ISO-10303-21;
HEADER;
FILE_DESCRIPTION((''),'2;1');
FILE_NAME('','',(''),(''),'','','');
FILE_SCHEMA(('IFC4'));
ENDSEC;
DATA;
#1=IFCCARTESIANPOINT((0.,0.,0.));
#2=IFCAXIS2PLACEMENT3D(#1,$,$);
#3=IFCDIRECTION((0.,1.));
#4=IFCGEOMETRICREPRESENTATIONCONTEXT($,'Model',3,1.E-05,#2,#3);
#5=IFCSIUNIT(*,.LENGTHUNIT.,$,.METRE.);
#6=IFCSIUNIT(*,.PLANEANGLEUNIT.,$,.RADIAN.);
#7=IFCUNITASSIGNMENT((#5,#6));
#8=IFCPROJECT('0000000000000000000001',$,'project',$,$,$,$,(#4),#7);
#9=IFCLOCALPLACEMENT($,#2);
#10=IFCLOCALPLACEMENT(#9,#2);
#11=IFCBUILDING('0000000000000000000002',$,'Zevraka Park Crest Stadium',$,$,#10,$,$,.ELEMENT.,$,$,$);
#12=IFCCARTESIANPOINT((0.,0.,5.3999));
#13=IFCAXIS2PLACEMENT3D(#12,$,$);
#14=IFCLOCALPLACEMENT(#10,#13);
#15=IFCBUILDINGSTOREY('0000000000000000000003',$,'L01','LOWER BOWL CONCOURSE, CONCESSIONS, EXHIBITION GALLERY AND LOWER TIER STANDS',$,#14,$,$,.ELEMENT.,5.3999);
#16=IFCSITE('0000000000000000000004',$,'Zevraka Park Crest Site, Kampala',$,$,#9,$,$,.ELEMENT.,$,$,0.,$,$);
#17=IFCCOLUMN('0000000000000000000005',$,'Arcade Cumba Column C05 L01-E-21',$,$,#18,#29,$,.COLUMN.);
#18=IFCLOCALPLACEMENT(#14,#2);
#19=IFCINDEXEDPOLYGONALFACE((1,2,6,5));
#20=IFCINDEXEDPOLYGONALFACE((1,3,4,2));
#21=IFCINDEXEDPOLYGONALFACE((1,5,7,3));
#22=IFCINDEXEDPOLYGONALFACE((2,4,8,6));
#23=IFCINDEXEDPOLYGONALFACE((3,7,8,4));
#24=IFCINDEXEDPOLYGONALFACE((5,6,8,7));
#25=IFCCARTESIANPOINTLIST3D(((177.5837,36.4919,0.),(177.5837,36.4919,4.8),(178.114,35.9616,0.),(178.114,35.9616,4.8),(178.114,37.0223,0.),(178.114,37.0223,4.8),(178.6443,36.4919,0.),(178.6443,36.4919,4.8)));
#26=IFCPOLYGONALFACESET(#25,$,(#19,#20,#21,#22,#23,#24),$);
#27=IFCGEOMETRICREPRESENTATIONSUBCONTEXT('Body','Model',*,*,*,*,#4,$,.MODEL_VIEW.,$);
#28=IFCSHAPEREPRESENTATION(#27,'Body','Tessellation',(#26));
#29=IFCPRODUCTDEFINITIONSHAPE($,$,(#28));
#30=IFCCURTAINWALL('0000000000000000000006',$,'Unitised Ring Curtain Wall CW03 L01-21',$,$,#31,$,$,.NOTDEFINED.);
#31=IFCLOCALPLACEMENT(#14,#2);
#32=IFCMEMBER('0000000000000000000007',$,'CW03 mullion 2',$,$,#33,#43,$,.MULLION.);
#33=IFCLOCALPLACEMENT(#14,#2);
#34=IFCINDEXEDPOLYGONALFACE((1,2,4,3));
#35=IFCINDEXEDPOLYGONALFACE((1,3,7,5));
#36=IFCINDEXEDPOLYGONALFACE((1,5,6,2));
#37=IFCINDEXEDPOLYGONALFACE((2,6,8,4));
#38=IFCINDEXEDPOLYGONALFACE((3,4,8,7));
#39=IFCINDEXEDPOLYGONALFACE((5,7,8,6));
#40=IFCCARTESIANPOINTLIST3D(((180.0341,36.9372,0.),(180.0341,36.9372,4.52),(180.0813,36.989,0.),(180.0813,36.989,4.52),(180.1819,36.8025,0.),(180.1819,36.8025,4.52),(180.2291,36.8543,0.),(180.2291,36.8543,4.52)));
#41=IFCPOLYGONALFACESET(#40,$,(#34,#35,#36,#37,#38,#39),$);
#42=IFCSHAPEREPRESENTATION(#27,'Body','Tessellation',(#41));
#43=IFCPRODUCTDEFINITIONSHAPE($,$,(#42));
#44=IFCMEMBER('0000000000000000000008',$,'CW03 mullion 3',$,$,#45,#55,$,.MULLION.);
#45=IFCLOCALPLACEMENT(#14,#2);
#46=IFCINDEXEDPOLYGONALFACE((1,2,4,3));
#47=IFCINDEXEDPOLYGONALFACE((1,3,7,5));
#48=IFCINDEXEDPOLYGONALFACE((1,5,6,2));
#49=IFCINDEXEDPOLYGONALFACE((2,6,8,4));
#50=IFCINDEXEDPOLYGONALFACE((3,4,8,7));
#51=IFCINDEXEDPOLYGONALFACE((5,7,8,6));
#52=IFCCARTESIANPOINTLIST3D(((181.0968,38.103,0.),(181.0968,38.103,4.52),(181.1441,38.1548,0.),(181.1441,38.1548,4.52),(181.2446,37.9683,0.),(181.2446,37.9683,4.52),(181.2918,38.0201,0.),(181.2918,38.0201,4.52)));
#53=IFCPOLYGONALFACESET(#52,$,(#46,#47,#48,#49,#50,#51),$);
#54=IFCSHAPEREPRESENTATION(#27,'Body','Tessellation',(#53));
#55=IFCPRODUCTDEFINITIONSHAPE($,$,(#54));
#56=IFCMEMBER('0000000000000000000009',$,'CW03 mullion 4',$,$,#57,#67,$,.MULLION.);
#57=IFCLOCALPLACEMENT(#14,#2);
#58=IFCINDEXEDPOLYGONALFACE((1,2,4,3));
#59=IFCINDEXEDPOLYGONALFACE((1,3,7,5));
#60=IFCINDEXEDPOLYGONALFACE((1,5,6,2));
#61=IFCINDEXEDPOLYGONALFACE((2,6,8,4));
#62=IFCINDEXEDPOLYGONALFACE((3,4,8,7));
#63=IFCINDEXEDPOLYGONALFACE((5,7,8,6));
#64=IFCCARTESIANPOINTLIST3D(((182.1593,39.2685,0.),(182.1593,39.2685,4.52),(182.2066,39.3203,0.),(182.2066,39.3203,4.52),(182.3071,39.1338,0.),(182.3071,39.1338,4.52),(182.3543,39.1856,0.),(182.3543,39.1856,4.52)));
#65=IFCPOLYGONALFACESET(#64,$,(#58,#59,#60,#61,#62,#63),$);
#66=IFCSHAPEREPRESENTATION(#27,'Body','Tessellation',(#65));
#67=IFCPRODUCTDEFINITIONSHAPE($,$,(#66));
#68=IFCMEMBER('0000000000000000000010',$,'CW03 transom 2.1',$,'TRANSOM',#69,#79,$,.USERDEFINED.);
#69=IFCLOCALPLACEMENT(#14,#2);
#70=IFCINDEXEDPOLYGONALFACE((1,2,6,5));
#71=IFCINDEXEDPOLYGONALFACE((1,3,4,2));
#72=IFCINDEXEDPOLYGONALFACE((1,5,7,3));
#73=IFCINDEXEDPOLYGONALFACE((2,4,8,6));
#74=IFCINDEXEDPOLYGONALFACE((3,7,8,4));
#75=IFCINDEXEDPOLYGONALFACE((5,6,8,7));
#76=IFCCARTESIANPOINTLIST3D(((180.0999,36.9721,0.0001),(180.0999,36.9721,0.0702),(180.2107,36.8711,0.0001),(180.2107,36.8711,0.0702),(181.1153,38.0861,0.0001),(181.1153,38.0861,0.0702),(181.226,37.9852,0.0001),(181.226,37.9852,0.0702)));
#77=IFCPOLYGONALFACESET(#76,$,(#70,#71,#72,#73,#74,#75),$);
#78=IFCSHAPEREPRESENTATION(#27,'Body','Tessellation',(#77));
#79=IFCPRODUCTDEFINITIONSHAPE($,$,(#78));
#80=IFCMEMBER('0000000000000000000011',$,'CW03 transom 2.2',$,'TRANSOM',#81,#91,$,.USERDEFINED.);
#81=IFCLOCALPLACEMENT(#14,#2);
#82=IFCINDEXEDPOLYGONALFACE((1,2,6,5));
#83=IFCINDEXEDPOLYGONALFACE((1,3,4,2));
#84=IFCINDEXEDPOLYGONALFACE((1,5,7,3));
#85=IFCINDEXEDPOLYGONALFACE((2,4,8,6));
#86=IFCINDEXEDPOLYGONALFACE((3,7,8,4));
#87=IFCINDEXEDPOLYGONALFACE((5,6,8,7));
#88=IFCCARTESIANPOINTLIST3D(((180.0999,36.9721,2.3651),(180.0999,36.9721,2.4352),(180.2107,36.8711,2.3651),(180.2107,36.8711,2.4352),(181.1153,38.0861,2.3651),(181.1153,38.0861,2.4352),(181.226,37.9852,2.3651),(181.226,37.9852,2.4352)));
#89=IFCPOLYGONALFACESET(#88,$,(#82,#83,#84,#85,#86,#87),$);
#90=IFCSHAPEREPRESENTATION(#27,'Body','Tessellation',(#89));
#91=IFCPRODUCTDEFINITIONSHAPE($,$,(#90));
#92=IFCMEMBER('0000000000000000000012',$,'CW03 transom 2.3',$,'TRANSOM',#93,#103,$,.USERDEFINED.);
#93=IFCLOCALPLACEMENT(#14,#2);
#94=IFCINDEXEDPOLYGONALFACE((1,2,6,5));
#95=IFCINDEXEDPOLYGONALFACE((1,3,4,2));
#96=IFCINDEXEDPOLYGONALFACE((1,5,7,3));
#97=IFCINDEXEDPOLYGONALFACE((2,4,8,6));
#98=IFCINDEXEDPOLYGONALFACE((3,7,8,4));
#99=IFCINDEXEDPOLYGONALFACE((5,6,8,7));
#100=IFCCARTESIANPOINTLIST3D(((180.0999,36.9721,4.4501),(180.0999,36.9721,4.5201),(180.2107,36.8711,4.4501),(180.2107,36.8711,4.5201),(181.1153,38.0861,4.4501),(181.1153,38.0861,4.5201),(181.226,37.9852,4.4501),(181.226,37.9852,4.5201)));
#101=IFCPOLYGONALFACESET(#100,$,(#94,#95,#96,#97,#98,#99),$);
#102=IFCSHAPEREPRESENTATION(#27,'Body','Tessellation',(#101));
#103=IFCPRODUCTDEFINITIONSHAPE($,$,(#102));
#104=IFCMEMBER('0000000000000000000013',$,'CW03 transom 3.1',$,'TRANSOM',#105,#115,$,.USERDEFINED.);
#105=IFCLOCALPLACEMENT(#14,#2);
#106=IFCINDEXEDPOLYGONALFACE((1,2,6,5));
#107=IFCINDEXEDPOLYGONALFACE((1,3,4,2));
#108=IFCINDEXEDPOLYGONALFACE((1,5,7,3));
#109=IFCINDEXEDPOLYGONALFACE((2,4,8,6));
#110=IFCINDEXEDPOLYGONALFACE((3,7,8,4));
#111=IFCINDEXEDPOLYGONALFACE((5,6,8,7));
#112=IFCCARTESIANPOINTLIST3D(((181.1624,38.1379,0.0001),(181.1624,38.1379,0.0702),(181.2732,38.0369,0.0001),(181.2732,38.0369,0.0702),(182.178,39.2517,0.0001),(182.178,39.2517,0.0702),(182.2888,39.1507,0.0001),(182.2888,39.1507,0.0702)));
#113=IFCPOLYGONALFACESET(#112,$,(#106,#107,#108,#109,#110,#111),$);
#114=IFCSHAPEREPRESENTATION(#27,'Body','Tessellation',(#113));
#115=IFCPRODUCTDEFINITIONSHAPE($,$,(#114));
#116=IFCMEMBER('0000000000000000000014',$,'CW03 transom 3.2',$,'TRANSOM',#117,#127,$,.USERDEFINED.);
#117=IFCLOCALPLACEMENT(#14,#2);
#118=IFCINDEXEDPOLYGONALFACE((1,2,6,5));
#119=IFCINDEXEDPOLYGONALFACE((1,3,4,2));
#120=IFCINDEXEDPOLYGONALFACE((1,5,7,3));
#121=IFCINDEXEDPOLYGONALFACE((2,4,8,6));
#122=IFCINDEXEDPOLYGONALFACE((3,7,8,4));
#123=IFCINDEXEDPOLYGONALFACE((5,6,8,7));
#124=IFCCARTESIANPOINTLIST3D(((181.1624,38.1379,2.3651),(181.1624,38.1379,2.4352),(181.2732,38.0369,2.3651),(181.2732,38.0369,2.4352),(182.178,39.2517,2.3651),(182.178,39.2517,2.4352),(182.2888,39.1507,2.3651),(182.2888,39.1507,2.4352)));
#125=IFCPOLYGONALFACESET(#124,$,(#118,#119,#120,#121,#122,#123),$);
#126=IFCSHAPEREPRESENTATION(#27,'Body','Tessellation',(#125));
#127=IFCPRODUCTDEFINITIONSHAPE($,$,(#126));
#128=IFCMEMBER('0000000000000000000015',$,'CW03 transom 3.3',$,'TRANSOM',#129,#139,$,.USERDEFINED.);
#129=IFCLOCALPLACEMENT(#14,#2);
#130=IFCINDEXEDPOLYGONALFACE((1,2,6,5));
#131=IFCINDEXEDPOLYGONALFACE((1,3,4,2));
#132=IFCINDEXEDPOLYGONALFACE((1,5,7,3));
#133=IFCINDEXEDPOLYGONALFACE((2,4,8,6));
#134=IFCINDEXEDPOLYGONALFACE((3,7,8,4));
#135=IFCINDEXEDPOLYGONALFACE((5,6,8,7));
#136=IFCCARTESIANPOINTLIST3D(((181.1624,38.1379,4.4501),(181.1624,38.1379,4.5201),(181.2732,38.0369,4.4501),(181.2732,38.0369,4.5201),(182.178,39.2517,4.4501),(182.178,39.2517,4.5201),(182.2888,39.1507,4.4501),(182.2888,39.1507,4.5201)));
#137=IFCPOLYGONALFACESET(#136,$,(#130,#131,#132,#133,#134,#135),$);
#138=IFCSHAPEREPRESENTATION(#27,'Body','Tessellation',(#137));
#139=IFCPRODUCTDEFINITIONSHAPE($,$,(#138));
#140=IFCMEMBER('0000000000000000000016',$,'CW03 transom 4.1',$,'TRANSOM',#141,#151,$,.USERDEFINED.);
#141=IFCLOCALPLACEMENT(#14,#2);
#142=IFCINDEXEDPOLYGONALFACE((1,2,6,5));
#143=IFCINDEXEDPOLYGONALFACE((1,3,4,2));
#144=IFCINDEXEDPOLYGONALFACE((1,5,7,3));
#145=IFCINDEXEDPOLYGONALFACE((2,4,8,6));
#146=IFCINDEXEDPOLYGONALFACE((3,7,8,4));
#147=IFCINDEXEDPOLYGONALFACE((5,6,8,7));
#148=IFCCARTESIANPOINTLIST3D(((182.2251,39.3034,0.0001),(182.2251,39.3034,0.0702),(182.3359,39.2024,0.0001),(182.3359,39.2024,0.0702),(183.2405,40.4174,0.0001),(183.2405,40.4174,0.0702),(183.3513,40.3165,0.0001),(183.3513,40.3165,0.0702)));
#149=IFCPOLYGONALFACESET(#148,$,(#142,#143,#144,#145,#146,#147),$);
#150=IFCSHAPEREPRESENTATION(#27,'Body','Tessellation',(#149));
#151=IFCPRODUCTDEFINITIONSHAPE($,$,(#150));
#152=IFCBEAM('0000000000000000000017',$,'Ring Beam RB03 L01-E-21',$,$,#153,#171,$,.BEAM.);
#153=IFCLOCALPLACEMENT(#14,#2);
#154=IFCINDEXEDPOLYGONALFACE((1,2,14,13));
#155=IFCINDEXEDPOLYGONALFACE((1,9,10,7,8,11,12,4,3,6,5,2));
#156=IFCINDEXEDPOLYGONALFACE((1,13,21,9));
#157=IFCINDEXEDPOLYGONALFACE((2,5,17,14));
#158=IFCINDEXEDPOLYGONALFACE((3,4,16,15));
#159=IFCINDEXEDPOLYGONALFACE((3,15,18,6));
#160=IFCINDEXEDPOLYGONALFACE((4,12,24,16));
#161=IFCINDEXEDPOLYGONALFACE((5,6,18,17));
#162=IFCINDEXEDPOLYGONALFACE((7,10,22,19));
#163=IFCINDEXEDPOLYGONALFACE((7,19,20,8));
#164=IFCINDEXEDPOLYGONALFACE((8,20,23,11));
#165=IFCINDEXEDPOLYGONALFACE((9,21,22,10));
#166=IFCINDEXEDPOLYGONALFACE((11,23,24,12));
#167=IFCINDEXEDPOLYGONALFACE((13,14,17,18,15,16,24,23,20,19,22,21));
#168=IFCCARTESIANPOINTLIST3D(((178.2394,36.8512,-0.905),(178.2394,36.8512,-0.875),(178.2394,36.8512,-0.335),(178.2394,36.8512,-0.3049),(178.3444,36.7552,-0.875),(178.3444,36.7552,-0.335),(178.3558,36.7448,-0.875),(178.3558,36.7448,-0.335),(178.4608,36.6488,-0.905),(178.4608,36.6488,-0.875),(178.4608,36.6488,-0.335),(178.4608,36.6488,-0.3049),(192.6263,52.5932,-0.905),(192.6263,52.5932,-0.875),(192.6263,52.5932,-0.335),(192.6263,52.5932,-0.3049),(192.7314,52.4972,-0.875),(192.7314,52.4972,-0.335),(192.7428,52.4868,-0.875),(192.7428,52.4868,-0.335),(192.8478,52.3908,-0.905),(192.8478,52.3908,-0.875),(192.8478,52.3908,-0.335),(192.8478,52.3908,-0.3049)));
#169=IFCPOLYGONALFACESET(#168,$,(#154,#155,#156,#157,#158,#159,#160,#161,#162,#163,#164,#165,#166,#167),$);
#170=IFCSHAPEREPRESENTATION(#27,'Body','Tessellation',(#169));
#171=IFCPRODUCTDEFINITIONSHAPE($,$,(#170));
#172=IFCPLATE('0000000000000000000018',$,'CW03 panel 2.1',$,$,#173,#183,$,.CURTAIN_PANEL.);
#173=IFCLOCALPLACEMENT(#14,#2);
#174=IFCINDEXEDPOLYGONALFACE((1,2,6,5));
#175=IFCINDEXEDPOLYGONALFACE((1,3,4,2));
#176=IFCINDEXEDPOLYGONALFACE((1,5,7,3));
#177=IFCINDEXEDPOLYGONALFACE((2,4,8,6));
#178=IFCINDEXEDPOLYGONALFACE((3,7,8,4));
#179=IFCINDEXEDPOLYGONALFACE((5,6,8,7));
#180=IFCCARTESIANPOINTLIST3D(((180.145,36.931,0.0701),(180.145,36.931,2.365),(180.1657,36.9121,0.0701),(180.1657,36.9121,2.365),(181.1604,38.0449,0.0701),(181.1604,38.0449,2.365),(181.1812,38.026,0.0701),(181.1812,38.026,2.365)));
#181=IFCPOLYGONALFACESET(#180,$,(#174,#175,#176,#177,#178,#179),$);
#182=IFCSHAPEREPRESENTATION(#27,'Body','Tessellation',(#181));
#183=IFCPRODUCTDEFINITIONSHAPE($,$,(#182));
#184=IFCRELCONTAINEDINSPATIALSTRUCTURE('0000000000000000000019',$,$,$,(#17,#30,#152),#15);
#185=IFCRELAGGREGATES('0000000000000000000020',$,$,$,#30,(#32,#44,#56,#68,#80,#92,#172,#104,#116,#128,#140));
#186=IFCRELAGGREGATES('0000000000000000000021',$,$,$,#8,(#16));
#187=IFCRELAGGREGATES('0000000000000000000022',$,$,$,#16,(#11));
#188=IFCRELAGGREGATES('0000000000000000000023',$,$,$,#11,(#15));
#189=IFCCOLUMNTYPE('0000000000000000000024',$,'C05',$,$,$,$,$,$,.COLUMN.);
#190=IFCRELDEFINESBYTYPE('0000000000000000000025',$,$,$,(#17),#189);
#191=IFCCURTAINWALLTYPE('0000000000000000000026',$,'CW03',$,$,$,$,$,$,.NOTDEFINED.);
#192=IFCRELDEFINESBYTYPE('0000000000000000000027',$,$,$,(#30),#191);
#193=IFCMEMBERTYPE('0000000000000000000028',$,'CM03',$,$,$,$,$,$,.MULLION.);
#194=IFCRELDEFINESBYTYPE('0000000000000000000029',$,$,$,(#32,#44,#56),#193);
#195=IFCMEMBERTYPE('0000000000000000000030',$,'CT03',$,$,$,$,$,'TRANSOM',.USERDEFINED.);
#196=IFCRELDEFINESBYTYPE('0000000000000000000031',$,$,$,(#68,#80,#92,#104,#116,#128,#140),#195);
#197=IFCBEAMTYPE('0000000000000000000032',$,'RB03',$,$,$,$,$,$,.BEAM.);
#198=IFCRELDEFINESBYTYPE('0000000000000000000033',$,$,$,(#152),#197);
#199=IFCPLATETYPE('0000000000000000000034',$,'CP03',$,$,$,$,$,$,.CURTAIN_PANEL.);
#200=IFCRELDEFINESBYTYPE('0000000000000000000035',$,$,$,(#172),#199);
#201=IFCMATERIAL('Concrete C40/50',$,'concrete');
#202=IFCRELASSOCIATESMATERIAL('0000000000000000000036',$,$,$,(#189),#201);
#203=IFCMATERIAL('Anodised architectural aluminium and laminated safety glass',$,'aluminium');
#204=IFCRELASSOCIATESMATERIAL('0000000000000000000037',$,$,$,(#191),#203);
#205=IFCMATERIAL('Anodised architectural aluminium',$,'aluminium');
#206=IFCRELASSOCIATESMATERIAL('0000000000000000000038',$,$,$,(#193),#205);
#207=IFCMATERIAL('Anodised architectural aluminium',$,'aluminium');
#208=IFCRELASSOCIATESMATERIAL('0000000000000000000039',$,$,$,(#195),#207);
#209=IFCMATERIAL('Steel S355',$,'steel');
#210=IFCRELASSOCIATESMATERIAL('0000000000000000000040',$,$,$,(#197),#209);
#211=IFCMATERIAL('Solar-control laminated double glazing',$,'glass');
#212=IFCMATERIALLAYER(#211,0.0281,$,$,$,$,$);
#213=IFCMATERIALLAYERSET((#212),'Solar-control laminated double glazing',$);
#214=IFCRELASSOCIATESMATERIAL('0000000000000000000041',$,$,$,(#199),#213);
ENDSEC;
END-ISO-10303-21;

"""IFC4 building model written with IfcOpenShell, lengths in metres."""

from ifc_helpers import new_model, si_unit, direction, frame, origin, origin_2d, place, context, subcontext, project, spatial, rectangle, i_section, extrude, material, layer, layer_set, material_profile, profile_set, type_object, element, aggregate, save


model = new_model("IFC4")

# Units and contexts
model_context = context("Model", 3, precision=1e-05, world=origin(), true_north=direction((0.0, 1.0)))
body_context = subcontext(model_context, "Body", "Model", "MODEL_VIEW")
ifc_project = project(units=[si_unit("LENGTHUNIT", "METRE"), si_unit("PLANEANGLEUNIT", "RADIAN")], contexts=[model_context])

# Site, building, storey
site_placement = place(None, origin())
site = spatial("IfcSite", under=ifc_project, at=site_placement, Name="Zevraka Park Crest Site, Kampala", CompositionType="ELEMENT", RefElevation=0.0)
building_placement = place(site_placement, origin())
building = spatial("IfcBuilding", under=site, at=building_placement, Name="Zevraka Park Crest Stadium", CompositionType="ELEMENT")
storey_placement = place(building_placement, frame((0.0, 0.0, 5.3999)))
storey = spatial("IfcBuildingStorey", under=building, at=storey_placement, Name="L01", Description="LOWER BOWL CONCOURSE, CONCESSIONS, EXHIBITION GALLERY AND LOWER TIER STANDS", CompositionType="ELEMENT", Elevation=5.3999)

# Column
ifc_material_1 = material(Name="Concrete C40/50", Category="concrete")
ifc_material_profile_1 = material_profile(ifc_material_1, rectangle(XDim=0.75, YDim=0.75, at=origin_2d()), Name="RC 750x750")
ifc_profile_set_1 = profile_set([ifc_material_profile_1], Name="Concrete C40/50")
column_type = type_object("IfcColumnType", Name="C05", PredefinedType="COLUMN", material=ifc_profile_set_1)
column_placement = place(storey_placement, frame((178.114, 36.4919, 0.0), z_axis=(0.0, 0.0, 1.0), x_axis=(-0.707107, 0.707107, 0.0)))
element("IfcColumn", 1, at=column_placement, inside=storey, type_object=column_type, Name="Arcade Cumba Column C05 L01-E-21", PredefinedType="COLUMN", context=body_context, shape_type="SweptSolid", body=[
    extrude(rectangle(XDim=0.75, YDim=0.75, at=origin_2d()), origin(), (0.0, 0.0, 1.0), 4.8),
])

# Curtain wall, members
ifc_material_2 = material(Name="Anodised architectural aluminium and laminated safety glass", Category="aluminium")
curtain_wall_type = type_object("IfcCurtainWallType", Name="CW03", PredefinedType="NOTDEFINED", material=ifc_material_2)
curtain_wall_placement = place(storey_placement, origin())
curtain_wall = element("IfcCurtainWall", 2, at=curtain_wall_placement, inside=storey, type_object=curtain_wall_type, Name="Unitised Ring Curtain Wall CW03 L01-21", PredefinedType="NOTDEFINED")
ifc_material_3 = material(Name="Anodised architectural aluminium", Category="aluminium")
ifc_material_profile_2 = material_profile(ifc_material_3, rectangle(XDim=0.2, YDim=0.0701, at=origin_2d()), Name="ALU MULLION 200x70")
ifc_profile_set_2 = profile_set([ifc_material_profile_2], Name="Anodised architectural aluminium")
member_type_1 = type_object("IfcMemberType", Name="CM03", PredefinedType="MULLION", material=ifc_profile_set_2)
member_1_placement = place(storey_placement, frame((180.1316, 36.8958, 0.0), z_axis=(0.0, 0.0, 1.0), x_axis=(-0.739023, 0.67368, 0.0)))
member_1 = element("IfcMember", 3, at=member_1_placement, type_object=member_type_1, Name="CW03 mullion 2", PredefinedType="MULLION", context=body_context, shape_type="SweptSolid", body=[
    extrude(rectangle(XDim=0.2, YDim=0.0701, at=origin_2d()), origin(), (0.0, 0.0, 1.0), 4.52),
])
member_2_placement = place(storey_placement, frame((181.1943, 38.0615, 0.0), z_axis=(0.0, 0.0, 1.0), x_axis=(-0.739023, 0.67368, 0.0)))
member_2 = element("IfcMember", 4, at=member_2_placement, type_object=member_type_1, Name="CW03 mullion 3", PredefinedType="MULLION", context=body_context, shape_type="SweptSolid", body=[
    extrude(rectangle(XDim=0.2, YDim=0.0701, at=origin_2d()), origin(), (0.0, 0.0, 1.0), 4.52),
])
member_3_placement = place(storey_placement, frame((182.2568, 39.2271, 0.0), z_axis=(0.0, 0.0, 1.0), x_axis=(-0.739023, 0.67368, 0.0)))
member_3 = element("IfcMember", 5, at=member_3_placement, type_object=member_type_1, Name="CW03 mullion 4", PredefinedType="MULLION", context=body_context, shape_type="SweptSolid", body=[
    extrude(rectangle(XDim=0.2, YDim=0.0701, at=origin_2d()), origin(), (0.0, 0.0, 1.0), 4.52),
])
ifc_material_4 = material(Name="Anodised architectural aluminium", Category="aluminium")
ifc_material_profile_3 = material_profile(ifc_material_4, rectangle(XDim=0.1499, YDim=0.0701, at=origin_2d()), Name="ALU TRANSOM 150x70")
ifc_profile_set_3 = profile_set([ifc_material_profile_3], Name="Anodised architectural aluminium")
member_type_2 = type_object("IfcMemberType", Name="CT03", ElementType="TRANSOM", PredefinedType="USERDEFINED", material=ifc_profile_set_3)
member_4_placement = place(storey_placement, frame((180.1553, 36.9216, 0.0352), z_axis=(0.673632, 0.739067, 0.0), x_axis=(-0.739067, 0.673632, 0.0)))
member_4 = element("IfcMember", 6, at=member_4_placement, type_object=member_type_2, Name="CW03 transom 2.1", ObjectType="TRANSOM", PredefinedType="USERDEFINED", context=body_context, shape_type="SweptSolid", body=[
    extrude(rectangle(XDim=0.1499, YDim=0.0701, at=origin_2d()), origin(), (0.0, 0.0, 1.0), 1.5073),
])
member_5_placement = place(storey_placement, frame((180.1553, 36.9216, 2.4001), z_axis=(0.673632, 0.739067, 0.0), x_axis=(-0.739067, 0.673632, 0.0)))
member_5 = element("IfcMember", 7, at=member_5_placement, type_object=member_type_2, Name="CW03 transom 2.2", ObjectType="TRANSOM", PredefinedType="USERDEFINED", context=body_context, shape_type="SweptSolid", body=[
    extrude(rectangle(XDim=0.1499, YDim=0.0701, at=origin_2d()), origin(), (0.0, 0.0, 1.0), 1.5073),
])
member_6_placement = place(storey_placement, frame((180.1553, 36.9216, 4.4851), z_axis=(0.673632, 0.739067, 0.0), x_axis=(-0.739067, 0.673632, 0.0)))
member_6 = element("IfcMember", 8, at=member_6_placement, type_object=member_type_2, Name="CW03 transom 2.3", ObjectType="TRANSOM", PredefinedType="USERDEFINED", context=body_context, shape_type="SweptSolid", body=[
    extrude(rectangle(XDim=0.1499, YDim=0.0701, at=origin_2d()), origin(), (0.0, 0.0, 1.0), 1.5073),
])
member_7_placement = place(storey_placement, frame((181.2178, 38.0874, 0.0352), z_axis=(0.673801, 0.738913, 0.0), x_axis=(-0.738913, 0.673801, 0.0)))
member_7 = element("IfcMember", 9, at=member_7_placement, type_object=member_type_2, Name="CW03 transom 3.1", ObjectType="TRANSOM", PredefinedType="USERDEFINED", context=body_context, shape_type="SweptSolid", body=[
    extrude(rectangle(XDim=0.1499, YDim=0.0701, at=origin_2d()), origin(), (0.0, 0.0, 1.0), 1.5073),
])
member_8_placement = place(storey_placement, frame((181.2178, 38.0874, 2.4001), z_axis=(0.673801, 0.738913, 0.0), x_axis=(-0.738913, 0.673801, 0.0)))
member_8 = element("IfcMember", 10, at=member_8_placement, type_object=member_type_2, Name="CW03 transom 3.2", ObjectType="TRANSOM", PredefinedType="USERDEFINED", context=body_context, shape_type="SweptSolid", body=[
    extrude(rectangle(XDim=0.1499, YDim=0.0701, at=origin_2d()), origin(), (0.0, 0.0, 1.0), 1.5073),
])
member_9_placement = place(storey_placement, frame((181.2178, 38.0874, 4.4851), z_axis=(0.673801, 0.738913, 0.0), x_axis=(-0.738913, 0.673801, 0.0)))
member_9 = element("IfcMember", 11, at=member_9_placement, type_object=member_type_2, Name="CW03 transom 3.3", ObjectType="TRANSOM", PredefinedType="USERDEFINED", context=body_context, shape_type="SweptSolid", body=[
    extrude(rectangle(XDim=0.1499, YDim=0.0701, at=origin_2d()), origin(), (0.0, 0.0, 1.0), 1.5073),
])
member_10_placement = place(storey_placement, frame((182.2805, 39.2529, 0.0352), z_axis=(0.673632, 0.739067, 0.0), x_axis=(-0.739067, 0.673632, 0.0)))
member_10 = element("IfcMember", 12, at=member_10_placement, type_object=member_type_2, Name="CW03 transom 4.1", ObjectType="TRANSOM", PredefinedType="USERDEFINED", context=body_context, shape_type="SweptSolid", body=[
    extrude(rectangle(XDim=0.1499, YDim=0.0701, at=origin_2d()), origin(), (0.0, 0.0, 1.0), 1.5073),
])

# Beam
ifc_material_5 = material(Name="Steel S355", Category="steel")
ifc_material_profile_4 = material_profile(ifc_material_5, i_section(OverallWidth=0.3, OverallDepth=0.6001, WebThickness=0.0154, FlangeThickness=0.03, at=origin_2d()), Name="HEB 600")
ifc_profile_set_4 = profile_set([ifc_material_profile_4], Name="Steel S355")
beam_type = type_object("IfcBeamType", Name="RB03", PredefinedType="BEAM", material=ifc_profile_set_4)
beam_placement = place(storey_placement, frame((178.3501, 36.75, -0.605), z_axis=(0.674624, 0.738161, 0.0), x_axis=(-0.738161, 0.674624, 0.0)))
element("IfcBeam", 13, at=beam_placement, inside=storey, type_object=beam_type, Name="Ring Beam RB03 L01-E-21", PredefinedType="BEAM", context=body_context, shape_type="SweptSolid", body=[
    extrude(i_section(OverallWidth=0.3, OverallDepth=0.6001, WebThickness=0.0154, FlangeThickness=0.03, at=origin_2d()), origin(), (0.0, 0.0, 1.0), 21.3259),
])

# Plate
ifc_material_6 = material(Name="Solar-control laminated double glazing", Category="glass")
ifc_layer_1 = layer(ifc_material_6, 0.0281)
ifc_layer_set_1 = layer_set([ifc_layer_1], Name="Solar-control laminated double glazing")
plate_type = type_object("IfcPlateType", Name="CP03", PredefinedType="CURTAIN_PANEL", material=ifc_layer_set_1)
plate_1_placement = place(storey_placement, frame((180.6631, 37.4785, 0.0701), z_axis=(0.0, 0.0, 1.0), x_axis=(0.67368, 0.739023, 0.0)))
plate_1 = element("IfcPlate", 14, at=plate_1_placement, type_object=plate_type, Name="CW03 panel 2.1", PredefinedType="CURTAIN_PANEL", context=body_context, shape_type="SweptSolid", body=[
    extrude(rectangle(XDim=1.5073, YDim=0.0281, at=origin_2d()), origin(), (0.0, 0.0, 1.0), 2.2949),
])
aggregate(curtain_wall, [member_1, member_2, member_3, member_4, member_5, member_6, plate_1, member_7, member_8, member_9, member_10])

save(model, "model.ifc")
